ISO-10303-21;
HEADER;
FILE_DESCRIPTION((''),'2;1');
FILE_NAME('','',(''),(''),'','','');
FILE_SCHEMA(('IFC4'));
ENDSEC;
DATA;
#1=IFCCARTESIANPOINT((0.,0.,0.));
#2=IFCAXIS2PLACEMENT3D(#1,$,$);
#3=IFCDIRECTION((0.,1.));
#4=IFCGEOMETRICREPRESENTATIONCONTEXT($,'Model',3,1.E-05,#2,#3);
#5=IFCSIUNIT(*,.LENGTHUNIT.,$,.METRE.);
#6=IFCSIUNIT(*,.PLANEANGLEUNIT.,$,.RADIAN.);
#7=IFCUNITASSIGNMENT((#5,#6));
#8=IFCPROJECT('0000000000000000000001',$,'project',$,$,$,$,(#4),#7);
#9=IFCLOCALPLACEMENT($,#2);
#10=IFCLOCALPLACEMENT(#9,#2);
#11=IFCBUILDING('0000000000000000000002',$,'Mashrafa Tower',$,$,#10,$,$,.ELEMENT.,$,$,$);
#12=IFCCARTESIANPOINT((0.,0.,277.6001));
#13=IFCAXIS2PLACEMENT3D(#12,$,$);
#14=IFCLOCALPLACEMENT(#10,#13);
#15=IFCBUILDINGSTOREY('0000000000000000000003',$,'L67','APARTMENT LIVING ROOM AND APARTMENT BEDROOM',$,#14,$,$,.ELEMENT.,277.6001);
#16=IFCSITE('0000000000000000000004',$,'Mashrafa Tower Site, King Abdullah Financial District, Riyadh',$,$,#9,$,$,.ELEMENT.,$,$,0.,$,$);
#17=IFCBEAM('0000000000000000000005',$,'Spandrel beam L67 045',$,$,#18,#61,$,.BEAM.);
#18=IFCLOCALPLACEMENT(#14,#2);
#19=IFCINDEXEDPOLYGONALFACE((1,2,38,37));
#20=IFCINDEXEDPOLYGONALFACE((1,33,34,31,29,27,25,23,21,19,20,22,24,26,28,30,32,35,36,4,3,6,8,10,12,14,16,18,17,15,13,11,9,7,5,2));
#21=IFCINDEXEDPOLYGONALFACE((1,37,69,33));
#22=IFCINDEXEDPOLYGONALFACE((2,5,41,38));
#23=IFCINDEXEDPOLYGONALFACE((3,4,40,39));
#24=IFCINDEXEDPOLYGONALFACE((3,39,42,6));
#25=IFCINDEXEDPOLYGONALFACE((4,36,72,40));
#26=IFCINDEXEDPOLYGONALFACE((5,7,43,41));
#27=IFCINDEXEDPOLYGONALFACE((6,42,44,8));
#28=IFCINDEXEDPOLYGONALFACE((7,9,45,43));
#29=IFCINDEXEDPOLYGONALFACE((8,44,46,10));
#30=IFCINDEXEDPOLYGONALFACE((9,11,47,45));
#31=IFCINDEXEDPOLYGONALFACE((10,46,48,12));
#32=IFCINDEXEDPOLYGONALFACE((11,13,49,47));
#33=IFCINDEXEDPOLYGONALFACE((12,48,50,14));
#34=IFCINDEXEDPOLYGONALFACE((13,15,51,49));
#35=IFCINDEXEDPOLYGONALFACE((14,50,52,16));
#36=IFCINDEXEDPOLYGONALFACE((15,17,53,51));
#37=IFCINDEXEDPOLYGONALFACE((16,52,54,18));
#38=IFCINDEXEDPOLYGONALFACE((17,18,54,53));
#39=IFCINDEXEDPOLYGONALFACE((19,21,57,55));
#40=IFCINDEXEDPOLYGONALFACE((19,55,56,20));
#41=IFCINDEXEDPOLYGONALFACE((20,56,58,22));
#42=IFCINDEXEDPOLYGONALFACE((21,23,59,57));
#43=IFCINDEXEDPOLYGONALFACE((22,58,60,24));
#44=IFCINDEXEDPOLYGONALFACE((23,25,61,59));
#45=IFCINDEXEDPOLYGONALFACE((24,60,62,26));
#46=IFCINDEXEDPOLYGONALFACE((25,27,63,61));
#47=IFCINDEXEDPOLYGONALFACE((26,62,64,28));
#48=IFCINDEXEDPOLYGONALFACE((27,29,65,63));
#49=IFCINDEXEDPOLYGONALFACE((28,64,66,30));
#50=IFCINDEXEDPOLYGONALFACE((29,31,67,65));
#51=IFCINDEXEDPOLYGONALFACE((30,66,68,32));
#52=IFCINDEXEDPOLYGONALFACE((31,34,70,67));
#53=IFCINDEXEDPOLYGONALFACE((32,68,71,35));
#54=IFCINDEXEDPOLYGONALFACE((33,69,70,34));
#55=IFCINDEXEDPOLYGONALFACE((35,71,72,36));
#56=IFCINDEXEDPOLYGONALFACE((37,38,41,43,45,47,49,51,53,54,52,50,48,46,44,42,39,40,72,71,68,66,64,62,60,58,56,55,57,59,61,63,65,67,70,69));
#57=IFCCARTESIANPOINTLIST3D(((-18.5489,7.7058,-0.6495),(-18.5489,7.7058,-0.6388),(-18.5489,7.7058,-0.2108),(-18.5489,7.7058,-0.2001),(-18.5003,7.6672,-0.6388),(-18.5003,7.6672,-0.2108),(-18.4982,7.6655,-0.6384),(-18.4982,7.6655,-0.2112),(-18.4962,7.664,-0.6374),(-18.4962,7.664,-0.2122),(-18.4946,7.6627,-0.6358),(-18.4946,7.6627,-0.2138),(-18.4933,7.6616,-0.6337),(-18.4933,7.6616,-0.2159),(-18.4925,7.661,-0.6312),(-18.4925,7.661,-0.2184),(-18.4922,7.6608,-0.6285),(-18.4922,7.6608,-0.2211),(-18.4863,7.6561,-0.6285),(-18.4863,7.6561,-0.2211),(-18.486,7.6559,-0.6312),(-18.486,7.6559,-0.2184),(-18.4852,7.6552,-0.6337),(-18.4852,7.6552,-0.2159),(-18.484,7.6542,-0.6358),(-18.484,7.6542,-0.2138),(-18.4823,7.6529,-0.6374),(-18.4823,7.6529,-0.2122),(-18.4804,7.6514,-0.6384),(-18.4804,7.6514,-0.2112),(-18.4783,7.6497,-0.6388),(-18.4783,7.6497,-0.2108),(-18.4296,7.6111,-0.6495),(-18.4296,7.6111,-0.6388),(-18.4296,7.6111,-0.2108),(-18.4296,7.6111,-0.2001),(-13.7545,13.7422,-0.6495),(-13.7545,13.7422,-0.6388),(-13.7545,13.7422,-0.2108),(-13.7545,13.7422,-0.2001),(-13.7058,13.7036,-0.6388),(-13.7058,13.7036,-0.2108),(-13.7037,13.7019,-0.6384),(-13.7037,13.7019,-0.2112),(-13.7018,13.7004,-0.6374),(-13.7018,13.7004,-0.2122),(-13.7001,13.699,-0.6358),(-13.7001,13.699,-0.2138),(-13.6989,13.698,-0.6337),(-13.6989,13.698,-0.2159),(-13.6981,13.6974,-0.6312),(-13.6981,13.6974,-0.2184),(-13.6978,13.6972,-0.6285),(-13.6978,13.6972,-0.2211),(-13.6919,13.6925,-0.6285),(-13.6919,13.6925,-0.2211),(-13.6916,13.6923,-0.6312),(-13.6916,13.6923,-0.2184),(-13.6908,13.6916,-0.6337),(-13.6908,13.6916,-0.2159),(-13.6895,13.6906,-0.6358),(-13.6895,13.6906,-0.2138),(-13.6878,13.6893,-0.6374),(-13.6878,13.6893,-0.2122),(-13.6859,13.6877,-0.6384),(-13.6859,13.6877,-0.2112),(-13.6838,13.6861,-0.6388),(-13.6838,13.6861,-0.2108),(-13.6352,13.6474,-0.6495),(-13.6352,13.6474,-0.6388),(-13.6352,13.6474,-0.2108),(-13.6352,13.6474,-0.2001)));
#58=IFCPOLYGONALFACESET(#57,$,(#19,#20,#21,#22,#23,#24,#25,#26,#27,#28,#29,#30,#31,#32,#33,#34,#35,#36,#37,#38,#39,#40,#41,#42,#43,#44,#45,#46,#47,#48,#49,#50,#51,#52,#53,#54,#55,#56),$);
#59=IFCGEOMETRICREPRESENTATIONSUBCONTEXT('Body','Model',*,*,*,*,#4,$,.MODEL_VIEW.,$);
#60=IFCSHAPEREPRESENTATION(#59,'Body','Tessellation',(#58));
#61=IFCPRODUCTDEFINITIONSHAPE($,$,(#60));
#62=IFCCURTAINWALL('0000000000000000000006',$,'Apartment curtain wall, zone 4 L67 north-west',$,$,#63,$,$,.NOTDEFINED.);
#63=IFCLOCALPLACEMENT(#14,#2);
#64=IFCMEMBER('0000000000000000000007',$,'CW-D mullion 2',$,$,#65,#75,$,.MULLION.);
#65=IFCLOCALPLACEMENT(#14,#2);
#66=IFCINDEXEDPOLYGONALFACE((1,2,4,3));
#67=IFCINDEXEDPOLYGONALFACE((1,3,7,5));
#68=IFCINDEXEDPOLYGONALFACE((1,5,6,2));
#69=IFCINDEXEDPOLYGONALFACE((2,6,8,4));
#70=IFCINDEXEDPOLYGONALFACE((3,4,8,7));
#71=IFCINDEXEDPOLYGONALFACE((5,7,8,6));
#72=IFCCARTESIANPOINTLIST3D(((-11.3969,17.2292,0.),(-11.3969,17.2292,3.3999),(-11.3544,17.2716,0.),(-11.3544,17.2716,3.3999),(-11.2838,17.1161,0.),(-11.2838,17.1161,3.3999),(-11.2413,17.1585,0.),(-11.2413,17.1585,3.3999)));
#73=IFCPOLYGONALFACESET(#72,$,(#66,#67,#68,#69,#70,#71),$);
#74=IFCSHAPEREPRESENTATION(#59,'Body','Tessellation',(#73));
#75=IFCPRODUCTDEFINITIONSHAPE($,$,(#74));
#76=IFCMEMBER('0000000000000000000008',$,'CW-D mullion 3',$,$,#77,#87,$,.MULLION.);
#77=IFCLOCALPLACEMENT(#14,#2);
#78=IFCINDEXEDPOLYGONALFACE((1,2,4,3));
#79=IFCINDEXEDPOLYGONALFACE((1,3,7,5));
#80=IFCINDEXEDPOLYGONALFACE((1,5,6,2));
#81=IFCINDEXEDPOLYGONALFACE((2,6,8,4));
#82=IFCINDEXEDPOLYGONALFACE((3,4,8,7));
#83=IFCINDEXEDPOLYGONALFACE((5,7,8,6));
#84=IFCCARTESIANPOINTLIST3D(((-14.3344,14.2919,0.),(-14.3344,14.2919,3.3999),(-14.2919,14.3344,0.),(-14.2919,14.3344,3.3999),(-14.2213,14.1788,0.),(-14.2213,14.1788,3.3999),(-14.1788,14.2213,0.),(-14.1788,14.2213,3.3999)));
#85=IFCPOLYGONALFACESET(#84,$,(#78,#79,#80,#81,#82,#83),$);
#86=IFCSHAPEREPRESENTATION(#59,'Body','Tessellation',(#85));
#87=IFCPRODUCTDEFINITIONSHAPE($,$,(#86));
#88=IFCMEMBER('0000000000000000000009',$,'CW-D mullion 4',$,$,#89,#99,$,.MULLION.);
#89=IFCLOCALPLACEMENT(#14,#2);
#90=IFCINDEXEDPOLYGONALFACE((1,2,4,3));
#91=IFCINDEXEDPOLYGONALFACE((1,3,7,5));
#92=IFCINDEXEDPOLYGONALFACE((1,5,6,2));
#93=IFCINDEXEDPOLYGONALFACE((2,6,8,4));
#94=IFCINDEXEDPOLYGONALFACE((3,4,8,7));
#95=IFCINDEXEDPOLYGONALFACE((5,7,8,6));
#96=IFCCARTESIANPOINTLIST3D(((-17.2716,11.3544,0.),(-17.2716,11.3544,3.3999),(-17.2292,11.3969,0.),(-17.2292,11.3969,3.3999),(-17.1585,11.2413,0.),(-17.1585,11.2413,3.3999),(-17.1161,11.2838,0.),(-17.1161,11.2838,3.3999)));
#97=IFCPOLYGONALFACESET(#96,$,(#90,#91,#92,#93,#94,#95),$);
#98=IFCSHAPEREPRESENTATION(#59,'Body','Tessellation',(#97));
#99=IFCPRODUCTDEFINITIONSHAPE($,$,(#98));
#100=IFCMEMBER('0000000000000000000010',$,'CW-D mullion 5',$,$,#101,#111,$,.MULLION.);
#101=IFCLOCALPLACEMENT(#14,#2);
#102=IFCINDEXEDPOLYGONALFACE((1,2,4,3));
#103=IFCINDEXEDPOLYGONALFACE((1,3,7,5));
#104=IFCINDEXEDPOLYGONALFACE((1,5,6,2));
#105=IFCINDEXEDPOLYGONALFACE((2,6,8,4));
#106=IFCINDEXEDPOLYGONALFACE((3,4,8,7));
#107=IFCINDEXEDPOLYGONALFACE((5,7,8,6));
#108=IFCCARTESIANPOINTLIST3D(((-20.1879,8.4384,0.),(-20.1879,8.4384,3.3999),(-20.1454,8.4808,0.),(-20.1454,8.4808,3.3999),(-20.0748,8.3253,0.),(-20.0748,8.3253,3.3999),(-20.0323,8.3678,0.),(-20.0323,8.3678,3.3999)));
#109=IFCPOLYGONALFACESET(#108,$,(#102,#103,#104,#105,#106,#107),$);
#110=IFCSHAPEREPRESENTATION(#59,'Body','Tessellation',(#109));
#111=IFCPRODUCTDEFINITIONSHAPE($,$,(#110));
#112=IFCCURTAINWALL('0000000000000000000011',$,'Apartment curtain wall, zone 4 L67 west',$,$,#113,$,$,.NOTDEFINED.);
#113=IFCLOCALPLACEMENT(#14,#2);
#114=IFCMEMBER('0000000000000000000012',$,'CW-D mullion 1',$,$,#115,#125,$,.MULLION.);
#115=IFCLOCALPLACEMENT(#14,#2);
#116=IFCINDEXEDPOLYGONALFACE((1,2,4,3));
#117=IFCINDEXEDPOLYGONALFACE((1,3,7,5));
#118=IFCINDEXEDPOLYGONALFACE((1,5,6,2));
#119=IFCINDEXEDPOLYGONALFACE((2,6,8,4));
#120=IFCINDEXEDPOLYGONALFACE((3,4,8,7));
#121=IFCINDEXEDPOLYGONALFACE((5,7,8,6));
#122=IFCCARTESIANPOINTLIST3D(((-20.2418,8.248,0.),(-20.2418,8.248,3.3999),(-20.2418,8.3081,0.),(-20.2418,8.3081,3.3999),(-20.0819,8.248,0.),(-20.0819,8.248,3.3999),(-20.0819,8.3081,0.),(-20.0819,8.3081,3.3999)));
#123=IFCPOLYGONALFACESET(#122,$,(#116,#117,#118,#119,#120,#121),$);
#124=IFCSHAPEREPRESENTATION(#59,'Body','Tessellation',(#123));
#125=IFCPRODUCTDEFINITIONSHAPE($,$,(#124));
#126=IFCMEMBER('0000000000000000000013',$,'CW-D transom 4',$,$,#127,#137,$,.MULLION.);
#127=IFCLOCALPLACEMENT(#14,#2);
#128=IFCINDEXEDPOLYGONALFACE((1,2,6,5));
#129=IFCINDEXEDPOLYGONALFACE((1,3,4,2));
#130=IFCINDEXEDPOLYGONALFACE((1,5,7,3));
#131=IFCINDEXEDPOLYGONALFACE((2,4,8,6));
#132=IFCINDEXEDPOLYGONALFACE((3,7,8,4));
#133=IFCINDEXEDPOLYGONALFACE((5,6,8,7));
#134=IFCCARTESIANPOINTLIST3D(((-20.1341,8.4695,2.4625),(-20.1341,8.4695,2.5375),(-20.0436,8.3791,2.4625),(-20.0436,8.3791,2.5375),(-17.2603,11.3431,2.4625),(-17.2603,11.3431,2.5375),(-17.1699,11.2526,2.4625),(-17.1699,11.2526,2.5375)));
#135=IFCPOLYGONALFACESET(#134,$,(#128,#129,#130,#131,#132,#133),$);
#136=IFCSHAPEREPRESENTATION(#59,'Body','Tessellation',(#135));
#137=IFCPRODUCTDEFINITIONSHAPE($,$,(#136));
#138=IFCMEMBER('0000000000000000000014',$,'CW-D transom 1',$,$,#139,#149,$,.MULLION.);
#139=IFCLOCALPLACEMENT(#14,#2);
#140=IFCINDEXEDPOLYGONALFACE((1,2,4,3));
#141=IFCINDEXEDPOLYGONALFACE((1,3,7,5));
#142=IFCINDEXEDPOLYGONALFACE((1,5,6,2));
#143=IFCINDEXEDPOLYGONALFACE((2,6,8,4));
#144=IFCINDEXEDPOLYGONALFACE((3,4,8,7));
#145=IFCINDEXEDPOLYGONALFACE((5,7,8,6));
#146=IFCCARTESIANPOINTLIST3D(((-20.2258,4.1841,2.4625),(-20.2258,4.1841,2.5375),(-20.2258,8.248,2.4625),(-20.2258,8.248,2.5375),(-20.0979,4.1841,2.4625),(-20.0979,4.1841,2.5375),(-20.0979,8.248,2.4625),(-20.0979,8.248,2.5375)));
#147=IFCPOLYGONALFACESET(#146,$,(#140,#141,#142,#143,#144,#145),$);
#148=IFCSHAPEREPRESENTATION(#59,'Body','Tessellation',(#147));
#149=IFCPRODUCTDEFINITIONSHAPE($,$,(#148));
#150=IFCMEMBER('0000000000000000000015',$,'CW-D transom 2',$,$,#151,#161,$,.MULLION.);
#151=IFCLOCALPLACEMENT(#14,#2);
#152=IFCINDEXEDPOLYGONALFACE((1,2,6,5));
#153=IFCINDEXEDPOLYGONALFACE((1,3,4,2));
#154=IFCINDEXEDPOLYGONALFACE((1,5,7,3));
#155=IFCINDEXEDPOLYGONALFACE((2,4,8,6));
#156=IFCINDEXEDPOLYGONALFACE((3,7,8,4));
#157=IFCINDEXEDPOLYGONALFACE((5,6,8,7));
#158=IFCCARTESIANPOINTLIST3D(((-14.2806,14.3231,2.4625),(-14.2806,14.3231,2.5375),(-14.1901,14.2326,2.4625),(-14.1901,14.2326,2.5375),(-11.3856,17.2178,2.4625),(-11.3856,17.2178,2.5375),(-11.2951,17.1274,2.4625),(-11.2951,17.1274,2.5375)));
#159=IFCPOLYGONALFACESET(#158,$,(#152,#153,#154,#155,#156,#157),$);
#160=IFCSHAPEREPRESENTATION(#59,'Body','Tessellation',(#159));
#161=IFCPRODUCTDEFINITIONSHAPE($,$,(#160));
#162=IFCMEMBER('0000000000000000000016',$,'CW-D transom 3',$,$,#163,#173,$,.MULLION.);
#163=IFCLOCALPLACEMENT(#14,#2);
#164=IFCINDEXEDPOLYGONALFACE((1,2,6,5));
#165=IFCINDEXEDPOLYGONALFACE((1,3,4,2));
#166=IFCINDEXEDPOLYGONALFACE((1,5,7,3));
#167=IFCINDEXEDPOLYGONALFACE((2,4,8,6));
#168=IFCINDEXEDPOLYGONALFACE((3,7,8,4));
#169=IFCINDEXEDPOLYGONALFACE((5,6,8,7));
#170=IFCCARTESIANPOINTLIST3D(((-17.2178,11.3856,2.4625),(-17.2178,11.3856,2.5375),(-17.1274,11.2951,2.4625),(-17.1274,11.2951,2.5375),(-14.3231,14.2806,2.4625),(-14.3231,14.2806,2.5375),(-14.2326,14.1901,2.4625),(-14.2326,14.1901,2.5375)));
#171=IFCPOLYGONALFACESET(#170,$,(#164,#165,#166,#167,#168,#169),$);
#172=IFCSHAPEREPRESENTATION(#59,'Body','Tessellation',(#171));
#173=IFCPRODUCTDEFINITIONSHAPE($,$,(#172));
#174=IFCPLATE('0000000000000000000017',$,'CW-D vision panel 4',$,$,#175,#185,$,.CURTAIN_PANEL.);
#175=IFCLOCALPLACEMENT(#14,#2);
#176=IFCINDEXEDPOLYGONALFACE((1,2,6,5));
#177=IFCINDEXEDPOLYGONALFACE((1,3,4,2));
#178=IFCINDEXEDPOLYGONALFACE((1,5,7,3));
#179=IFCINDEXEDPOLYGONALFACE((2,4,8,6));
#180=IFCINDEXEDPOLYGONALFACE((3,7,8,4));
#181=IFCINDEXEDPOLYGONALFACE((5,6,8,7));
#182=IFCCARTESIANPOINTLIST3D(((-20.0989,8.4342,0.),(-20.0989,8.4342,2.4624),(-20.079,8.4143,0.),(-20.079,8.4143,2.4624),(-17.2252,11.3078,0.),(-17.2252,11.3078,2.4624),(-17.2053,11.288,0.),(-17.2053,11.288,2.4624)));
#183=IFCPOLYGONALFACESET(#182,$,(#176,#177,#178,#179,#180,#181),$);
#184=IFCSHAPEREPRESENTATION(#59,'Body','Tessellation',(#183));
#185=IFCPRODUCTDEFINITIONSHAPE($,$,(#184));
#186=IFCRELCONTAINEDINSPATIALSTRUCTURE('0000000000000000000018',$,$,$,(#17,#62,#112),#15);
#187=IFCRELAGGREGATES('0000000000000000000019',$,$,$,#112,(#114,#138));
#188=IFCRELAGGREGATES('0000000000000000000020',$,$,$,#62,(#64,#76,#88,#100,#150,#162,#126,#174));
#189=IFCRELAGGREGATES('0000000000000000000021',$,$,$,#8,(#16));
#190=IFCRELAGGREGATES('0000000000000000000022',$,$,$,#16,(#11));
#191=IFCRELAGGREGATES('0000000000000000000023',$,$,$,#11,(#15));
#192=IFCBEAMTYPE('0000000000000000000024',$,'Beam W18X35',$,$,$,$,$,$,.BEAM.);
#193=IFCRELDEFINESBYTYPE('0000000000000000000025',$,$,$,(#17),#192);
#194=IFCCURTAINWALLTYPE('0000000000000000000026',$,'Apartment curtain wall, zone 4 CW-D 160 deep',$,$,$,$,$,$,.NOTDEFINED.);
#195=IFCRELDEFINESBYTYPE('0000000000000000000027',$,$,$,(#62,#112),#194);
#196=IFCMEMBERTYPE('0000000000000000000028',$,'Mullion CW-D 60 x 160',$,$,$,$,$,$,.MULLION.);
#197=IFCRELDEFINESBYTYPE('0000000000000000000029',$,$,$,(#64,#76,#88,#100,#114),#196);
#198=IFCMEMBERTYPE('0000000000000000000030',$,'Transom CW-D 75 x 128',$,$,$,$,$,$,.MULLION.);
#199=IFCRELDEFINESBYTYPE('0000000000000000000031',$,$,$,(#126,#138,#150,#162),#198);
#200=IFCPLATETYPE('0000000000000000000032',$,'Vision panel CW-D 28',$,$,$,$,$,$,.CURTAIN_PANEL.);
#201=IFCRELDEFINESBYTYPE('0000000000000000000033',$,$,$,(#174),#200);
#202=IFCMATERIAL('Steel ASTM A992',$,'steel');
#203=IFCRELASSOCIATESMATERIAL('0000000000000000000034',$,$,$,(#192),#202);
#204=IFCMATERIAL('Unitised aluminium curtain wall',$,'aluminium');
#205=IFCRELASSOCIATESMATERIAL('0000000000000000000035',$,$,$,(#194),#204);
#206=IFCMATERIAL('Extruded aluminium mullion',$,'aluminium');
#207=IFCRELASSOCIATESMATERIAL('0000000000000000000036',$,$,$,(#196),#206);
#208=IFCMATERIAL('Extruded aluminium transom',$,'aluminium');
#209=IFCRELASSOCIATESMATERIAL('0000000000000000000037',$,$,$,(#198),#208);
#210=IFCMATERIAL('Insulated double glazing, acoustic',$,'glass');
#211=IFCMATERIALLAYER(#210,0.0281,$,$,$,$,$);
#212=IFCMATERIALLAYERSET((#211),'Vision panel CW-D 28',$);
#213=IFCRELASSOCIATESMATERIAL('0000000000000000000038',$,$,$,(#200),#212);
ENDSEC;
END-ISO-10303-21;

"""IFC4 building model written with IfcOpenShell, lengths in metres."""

from ifc_helpers import new_model, si_unit, direction, frame, origin, origin_2d, place, context, subcontext, project, spatial, rectangle, i_section, extrude, source, transform, mapped, material, layer, layer_set, material_profile, profile_set, type_object, type_shapes, element, aggregate, save


model = new_model("IFC4")

# Units and contexts
model_context = context("Model", 3, precision=1e-05, world=origin(), true_north=direction((0.0, 1.0)))
body_context = subcontext(model_context, "Body", "Model", "MODEL_VIEW")
ifc_project = project(units=[si_unit("LENGTHUNIT", "METRE"), si_unit("PLANEANGLEUNIT", "RADIAN")], contexts=[model_context])

# Site, building, storey
site_placement = place(None, origin())
site = spatial("IfcSite", under=ifc_project, at=site_placement, Name="Mashrafa Tower Site, King Abdullah Financial District, Riyadh", CompositionType="ELEMENT", RefElevation=0.0)
building_placement = place(site_placement, origin())
building = spatial("IfcBuilding", under=site, at=building_placement, Name="Mashrafa Tower", CompositionType="ELEMENT")
storey_placement = place(building_placement, frame((0.0, 0.0, 277.6001)))
storey = spatial("IfcBuildingStorey", under=building, at=storey_placement, Name="L67", Description="APARTMENT LIVING ROOM AND APARTMENT BEDROOM", CompositionType="ELEMENT", Elevation=277.6001)

# Beam
ifc_material_1 = material(Name="Steel ASTM A992", Category="steel")
ifc_material_profile_1 = material_profile(ifc_material_1, i_section(OverallWidth=0.1523, OverallDepth=0.4495, WebThickness=0.0076, FlangeThickness=0.0107, FilletRadius=0.0103, at=origin_2d()), Name="W18X35")
ifc_profile_set_1 = profile_set([ifc_material_profile_1], Name="Steel ASTM A992")
beam_type_1 = type_object("IfcBeamType", Name="Beam W18X35", PredefinedType="BEAM", material=ifc_profile_set_1)
for number, where, z_axis, x_axis, name in (
    (1, (-13.6948, 13.6948, -0.4248), (-0.621949, -0.783058, 0.0), (0.783058, -0.621949, 0.0), "Spandrel beam L67 045"),
):
    element("IfcBeam", number, at=place(storey_placement, frame(where, z_axis=z_axis, x_axis=x_axis)), inside=storey, type_object=beam_type_1, Name=name, PredefinedType="BEAM", context=body_context, shape_type="SweptSolid", body=[
        extrude(i_section(OverallWidth=0.1523, OverallDepth=0.4495, WebThickness=0.0076, FlangeThickness=0.0107, FilletRadius=0.0103, at=origin_2d()), origin(), (0.0, 0.0, 1.0), 7.7087),
    ])

# Curtain wall, members
ifc_material_2 = material(Name="Unitised aluminium curtain wall", Category="aluminium")
curtain_wall_type = type_object("IfcCurtainWallType", Name="Apartment curtain wall, zone 4 CW-D 160 deep", PredefinedType="NOTDEFINED", material=ifc_material_2)
curtain_wall_1_placement = place(storey_placement, origin())
curtain_wall_1 = element("IfcCurtainWall", 2, at=curtain_wall_1_placement, inside=storey, type_object=curtain_wall_type, Name="Apartment curtain wall, zone 4 L67 north-west", PredefinedType="NOTDEFINED")
ifc_material_3 = material(Name="Extruded aluminium mullion", Category="aluminium")
ifc_material_profile_2 = material_profile(ifc_material_3, rectangle(XDim=0.1599, YDim=0.0601, at=origin_2d()), Name="Mullion 60x160")
ifc_profile_set_2 = profile_set([ifc_material_profile_2], Name="Extruded aluminium mullion")
member_type_1 = type_object("IfcMemberType", Name="Mullion CW-D 60 x 160", PredefinedType="MULLION", material=ifc_profile_set_2)
shared_shape_1 = source(origin(), body_context, "Body", "SweptSolid", [
    extrude(rectangle(XDim=0.1599, YDim=0.0601, at=origin_2d()), origin(), (0.0, 0.0, 1.0), 3.3999),
])
type_shapes(member_type_1, [shared_shape_1])
member_1_placement = place(storey_placement, frame((-11.3191, 17.1938, 0.0), z_axis=(0.0, 0.0, 1.0), x_axis=(0.707107, -0.707107, 0.0)))
member_1 = element("IfcMember", 3, at=member_1_placement, type_object=member_type_1, Name="CW-D mullion 2", PredefinedType="MULLION", context=body_context, shape_type="MappedRepresentation", body=[
    mapped(shared_shape_1, transform((0.0, 0.0, 0.0))),
])
member_2_placement = place(storey_placement, frame((-14.2566, 14.2566, 0.0), z_axis=(0.0, 0.0, 1.0), x_axis=(0.707107, -0.707107, 0.0)))
member_2 = element("IfcMember", 4, at=member_2_placement, type_object=member_type_1, Name="CW-D mullion 3", PredefinedType="MULLION", context=body_context, shape_type="MappedRepresentation", body=[
    mapped(shared_shape_1, transform((0.0, 0.0, 0.0))),
])
member_3_placement = place(storey_placement, frame((-17.1938, 11.3191, 0.0), z_axis=(0.0, 0.0, 1.0), x_axis=(0.707107, -0.707107, 0.0)))
member_3 = element("IfcMember", 5, at=member_3_placement, type_object=member_type_1, Name="CW-D mullion 4", PredefinedType="MULLION", context=body_context, shape_type="MappedRepresentation", body=[
    mapped(shared_shape_1, transform((0.0, 0.0, 0.0))),
])
member_4_placement = place(storey_placement, frame((-20.1101, 8.4031, 0.0), z_axis=(0.0, 0.0, 1.0), x_axis=(0.707107, -0.707107, 0.0)))
member_4 = element("IfcMember", 6, at=member_4_placement, type_object=member_type_1, Name="CW-D mullion 5", PredefinedType="MULLION", context=body_context, shape_type="MappedRepresentation", body=[
    mapped(shared_shape_1, transform((0.0, 0.0, 0.0))),
])

# Curtain wall, member
curtain_wall_2_placement = place(storey_placement, origin())
curtain_wall_2 = element("IfcCurtainWall", 7, at=curtain_wall_2_placement, inside=storey, type_object=curtain_wall_type, Name="Apartment curtain wall, zone 4 L67 west", PredefinedType="NOTDEFINED")
member_5_placement = place(storey_placement, frame((-20.1619, 8.2781, 0.0), z_axis=(0.0, 0.0, 1.0), x_axis=(1.0, 0.0, 0.0)))
member_5 = element("IfcMember", 8, at=member_5_placement, type_object=member_type_1, Name="CW-D mullion 1", PredefinedType="MULLION", context=body_context, shape_type="MappedRepresentation", body=[
    mapped(shared_shape_1, transform((0.0, 0.0, 0.0))),
])

# Members
ifc_material_4 = material(Name="Extruded aluminium transom", Category="aluminium")
ifc_material_profile_3 = material_profile(ifc_material_4, rectangle(XDim=0.1279, YDim=0.075, at=origin_2d()), Name="Transom 75x128")
ifc_profile_set_3 = profile_set([ifc_material_profile_3], Name="Extruded aluminium transom")
member_type_2 = type_object("IfcMemberType", Name="Transom CW-D 75 x 128", PredefinedType="MULLION", material=ifc_profile_set_3)
shared_shape_2 = source(origin(), body_context, "Body", "SweptSolid", [
    extrude(rectangle(XDim=0.1279, YDim=0.075, at=origin_2d()), origin(), (0.0, 0.0, 1.0), 4.064),
])
member_6_placement = place(storey_placement, frame((-17.2151, 11.2979, 2.5), z_axis=(-0.707137, -0.707077, 0.0), x_axis=(0.707077, -0.707137, 0.0)))
member_6 = element("IfcMember", 9, at=member_6_placement, type_object=member_type_2, Name="CW-D transom 4", PredefinedType="MULLION", context=body_context, shape_type="MappedRepresentation", body=[
    mapped(shared_shape_2, transform((0.0, 0.0, 0.0))),
])
member_7_placement = place(storey_placement, frame((-20.1619, 8.248, 2.5), z_axis=(0.0, -1.0, 0.0), x_axis=(1.0, 0.0, 0.0)))
member_7 = element("IfcMember", 10, at=member_7_placement, type_object=member_type_2, Name="CW-D transom 1", PredefinedType="MULLION", context=body_context, shape_type="MappedRepresentation", body=[
    mapped(shared_shape_2, transform((0.0, 0.0, 0.0))),
])
aggregate(curtain_wall_2, [member_5, member_7])
shared_shape_3 = source(origin(), body_context, "Body", "SweptSolid", [
    extrude(rectangle(XDim=0.1279, YDim=0.075, at=origin_2d()), origin(), (0.0, 0.0, 1.0), 4.094),
])
type_shapes(member_type_2, [shared_shape_2, shared_shape_3])
member_8_placement = place(storey_placement, frame((-11.3403, 17.1726, 2.5), z_axis=(-0.707137, -0.707077, 0.0), x_axis=(0.707077, -0.707137, 0.0)))
member_8 = element("IfcMember", 11, at=member_8_placement, type_object=member_type_2, Name="CW-D transom 2", PredefinedType="MULLION", context=body_context, shape_type="MappedRepresentation", body=[
    mapped(shared_shape_3, transform((0.0, 0.0, 0.0))),
])
member_9_placement = place(storey_placement, frame((-14.2778, 14.2354, 2.5), z_axis=(-0.707077, -0.707137, 0.0), x_axis=(0.707137, -0.707077, 0.0)))
member_9 = element("IfcMember", 12, at=member_9_placement, type_object=member_type_2, Name="CW-D transom 3", PredefinedType="MULLION", context=body_context, shape_type="MappedRepresentation", body=[
    mapped(shared_shape_3, transform((0.0, 0.0, 0.0))),
])

# Plate
ifc_material_5 = material(Name="Insulated double glazing, acoustic", Category="glass")
ifc_layer_1 = layer(ifc_material_5, 0.0281)
ifc_layer_set_1 = layer_set([ifc_layer_1], Name="Vision panel CW-D 28")
plate_type_1 = type_object("IfcPlateType", Name="Vision panel CW-D 28", PredefinedType="CURTAIN_PANEL", material=ifc_layer_set_1)
shared_shape_4 = source(origin(), body_context, "Body", "SweptSolid", [
    extrude(rectangle(XDim=4.064, YDim=0.0281, at=origin_2d()), origin(), (0.0, 0.0, 1.0), 2.4624),
])
plate_1_placement = place(storey_placement, frame((-18.6521, 9.8611, 0.0), z_axis=(0.0, 0.0, 1.0), x_axis=(-0.707107, -0.707107, 0.0)))
plate_1 = element("IfcPlate", 13, at=plate_1_placement, type_object=plate_type_1, Name="CW-D vision panel 4", PredefinedType="CURTAIN_PANEL", context=body_context, shape_type="MappedRepresentation", body=[
    mapped(shared_shape_4, transform((0.0, 0.0, 0.0))),
])
aggregate(curtain_wall_1, [member_1, member_2, member_3, member_4, member_8, member_9, member_6, plate_1])

save(model, "model.ifc")
